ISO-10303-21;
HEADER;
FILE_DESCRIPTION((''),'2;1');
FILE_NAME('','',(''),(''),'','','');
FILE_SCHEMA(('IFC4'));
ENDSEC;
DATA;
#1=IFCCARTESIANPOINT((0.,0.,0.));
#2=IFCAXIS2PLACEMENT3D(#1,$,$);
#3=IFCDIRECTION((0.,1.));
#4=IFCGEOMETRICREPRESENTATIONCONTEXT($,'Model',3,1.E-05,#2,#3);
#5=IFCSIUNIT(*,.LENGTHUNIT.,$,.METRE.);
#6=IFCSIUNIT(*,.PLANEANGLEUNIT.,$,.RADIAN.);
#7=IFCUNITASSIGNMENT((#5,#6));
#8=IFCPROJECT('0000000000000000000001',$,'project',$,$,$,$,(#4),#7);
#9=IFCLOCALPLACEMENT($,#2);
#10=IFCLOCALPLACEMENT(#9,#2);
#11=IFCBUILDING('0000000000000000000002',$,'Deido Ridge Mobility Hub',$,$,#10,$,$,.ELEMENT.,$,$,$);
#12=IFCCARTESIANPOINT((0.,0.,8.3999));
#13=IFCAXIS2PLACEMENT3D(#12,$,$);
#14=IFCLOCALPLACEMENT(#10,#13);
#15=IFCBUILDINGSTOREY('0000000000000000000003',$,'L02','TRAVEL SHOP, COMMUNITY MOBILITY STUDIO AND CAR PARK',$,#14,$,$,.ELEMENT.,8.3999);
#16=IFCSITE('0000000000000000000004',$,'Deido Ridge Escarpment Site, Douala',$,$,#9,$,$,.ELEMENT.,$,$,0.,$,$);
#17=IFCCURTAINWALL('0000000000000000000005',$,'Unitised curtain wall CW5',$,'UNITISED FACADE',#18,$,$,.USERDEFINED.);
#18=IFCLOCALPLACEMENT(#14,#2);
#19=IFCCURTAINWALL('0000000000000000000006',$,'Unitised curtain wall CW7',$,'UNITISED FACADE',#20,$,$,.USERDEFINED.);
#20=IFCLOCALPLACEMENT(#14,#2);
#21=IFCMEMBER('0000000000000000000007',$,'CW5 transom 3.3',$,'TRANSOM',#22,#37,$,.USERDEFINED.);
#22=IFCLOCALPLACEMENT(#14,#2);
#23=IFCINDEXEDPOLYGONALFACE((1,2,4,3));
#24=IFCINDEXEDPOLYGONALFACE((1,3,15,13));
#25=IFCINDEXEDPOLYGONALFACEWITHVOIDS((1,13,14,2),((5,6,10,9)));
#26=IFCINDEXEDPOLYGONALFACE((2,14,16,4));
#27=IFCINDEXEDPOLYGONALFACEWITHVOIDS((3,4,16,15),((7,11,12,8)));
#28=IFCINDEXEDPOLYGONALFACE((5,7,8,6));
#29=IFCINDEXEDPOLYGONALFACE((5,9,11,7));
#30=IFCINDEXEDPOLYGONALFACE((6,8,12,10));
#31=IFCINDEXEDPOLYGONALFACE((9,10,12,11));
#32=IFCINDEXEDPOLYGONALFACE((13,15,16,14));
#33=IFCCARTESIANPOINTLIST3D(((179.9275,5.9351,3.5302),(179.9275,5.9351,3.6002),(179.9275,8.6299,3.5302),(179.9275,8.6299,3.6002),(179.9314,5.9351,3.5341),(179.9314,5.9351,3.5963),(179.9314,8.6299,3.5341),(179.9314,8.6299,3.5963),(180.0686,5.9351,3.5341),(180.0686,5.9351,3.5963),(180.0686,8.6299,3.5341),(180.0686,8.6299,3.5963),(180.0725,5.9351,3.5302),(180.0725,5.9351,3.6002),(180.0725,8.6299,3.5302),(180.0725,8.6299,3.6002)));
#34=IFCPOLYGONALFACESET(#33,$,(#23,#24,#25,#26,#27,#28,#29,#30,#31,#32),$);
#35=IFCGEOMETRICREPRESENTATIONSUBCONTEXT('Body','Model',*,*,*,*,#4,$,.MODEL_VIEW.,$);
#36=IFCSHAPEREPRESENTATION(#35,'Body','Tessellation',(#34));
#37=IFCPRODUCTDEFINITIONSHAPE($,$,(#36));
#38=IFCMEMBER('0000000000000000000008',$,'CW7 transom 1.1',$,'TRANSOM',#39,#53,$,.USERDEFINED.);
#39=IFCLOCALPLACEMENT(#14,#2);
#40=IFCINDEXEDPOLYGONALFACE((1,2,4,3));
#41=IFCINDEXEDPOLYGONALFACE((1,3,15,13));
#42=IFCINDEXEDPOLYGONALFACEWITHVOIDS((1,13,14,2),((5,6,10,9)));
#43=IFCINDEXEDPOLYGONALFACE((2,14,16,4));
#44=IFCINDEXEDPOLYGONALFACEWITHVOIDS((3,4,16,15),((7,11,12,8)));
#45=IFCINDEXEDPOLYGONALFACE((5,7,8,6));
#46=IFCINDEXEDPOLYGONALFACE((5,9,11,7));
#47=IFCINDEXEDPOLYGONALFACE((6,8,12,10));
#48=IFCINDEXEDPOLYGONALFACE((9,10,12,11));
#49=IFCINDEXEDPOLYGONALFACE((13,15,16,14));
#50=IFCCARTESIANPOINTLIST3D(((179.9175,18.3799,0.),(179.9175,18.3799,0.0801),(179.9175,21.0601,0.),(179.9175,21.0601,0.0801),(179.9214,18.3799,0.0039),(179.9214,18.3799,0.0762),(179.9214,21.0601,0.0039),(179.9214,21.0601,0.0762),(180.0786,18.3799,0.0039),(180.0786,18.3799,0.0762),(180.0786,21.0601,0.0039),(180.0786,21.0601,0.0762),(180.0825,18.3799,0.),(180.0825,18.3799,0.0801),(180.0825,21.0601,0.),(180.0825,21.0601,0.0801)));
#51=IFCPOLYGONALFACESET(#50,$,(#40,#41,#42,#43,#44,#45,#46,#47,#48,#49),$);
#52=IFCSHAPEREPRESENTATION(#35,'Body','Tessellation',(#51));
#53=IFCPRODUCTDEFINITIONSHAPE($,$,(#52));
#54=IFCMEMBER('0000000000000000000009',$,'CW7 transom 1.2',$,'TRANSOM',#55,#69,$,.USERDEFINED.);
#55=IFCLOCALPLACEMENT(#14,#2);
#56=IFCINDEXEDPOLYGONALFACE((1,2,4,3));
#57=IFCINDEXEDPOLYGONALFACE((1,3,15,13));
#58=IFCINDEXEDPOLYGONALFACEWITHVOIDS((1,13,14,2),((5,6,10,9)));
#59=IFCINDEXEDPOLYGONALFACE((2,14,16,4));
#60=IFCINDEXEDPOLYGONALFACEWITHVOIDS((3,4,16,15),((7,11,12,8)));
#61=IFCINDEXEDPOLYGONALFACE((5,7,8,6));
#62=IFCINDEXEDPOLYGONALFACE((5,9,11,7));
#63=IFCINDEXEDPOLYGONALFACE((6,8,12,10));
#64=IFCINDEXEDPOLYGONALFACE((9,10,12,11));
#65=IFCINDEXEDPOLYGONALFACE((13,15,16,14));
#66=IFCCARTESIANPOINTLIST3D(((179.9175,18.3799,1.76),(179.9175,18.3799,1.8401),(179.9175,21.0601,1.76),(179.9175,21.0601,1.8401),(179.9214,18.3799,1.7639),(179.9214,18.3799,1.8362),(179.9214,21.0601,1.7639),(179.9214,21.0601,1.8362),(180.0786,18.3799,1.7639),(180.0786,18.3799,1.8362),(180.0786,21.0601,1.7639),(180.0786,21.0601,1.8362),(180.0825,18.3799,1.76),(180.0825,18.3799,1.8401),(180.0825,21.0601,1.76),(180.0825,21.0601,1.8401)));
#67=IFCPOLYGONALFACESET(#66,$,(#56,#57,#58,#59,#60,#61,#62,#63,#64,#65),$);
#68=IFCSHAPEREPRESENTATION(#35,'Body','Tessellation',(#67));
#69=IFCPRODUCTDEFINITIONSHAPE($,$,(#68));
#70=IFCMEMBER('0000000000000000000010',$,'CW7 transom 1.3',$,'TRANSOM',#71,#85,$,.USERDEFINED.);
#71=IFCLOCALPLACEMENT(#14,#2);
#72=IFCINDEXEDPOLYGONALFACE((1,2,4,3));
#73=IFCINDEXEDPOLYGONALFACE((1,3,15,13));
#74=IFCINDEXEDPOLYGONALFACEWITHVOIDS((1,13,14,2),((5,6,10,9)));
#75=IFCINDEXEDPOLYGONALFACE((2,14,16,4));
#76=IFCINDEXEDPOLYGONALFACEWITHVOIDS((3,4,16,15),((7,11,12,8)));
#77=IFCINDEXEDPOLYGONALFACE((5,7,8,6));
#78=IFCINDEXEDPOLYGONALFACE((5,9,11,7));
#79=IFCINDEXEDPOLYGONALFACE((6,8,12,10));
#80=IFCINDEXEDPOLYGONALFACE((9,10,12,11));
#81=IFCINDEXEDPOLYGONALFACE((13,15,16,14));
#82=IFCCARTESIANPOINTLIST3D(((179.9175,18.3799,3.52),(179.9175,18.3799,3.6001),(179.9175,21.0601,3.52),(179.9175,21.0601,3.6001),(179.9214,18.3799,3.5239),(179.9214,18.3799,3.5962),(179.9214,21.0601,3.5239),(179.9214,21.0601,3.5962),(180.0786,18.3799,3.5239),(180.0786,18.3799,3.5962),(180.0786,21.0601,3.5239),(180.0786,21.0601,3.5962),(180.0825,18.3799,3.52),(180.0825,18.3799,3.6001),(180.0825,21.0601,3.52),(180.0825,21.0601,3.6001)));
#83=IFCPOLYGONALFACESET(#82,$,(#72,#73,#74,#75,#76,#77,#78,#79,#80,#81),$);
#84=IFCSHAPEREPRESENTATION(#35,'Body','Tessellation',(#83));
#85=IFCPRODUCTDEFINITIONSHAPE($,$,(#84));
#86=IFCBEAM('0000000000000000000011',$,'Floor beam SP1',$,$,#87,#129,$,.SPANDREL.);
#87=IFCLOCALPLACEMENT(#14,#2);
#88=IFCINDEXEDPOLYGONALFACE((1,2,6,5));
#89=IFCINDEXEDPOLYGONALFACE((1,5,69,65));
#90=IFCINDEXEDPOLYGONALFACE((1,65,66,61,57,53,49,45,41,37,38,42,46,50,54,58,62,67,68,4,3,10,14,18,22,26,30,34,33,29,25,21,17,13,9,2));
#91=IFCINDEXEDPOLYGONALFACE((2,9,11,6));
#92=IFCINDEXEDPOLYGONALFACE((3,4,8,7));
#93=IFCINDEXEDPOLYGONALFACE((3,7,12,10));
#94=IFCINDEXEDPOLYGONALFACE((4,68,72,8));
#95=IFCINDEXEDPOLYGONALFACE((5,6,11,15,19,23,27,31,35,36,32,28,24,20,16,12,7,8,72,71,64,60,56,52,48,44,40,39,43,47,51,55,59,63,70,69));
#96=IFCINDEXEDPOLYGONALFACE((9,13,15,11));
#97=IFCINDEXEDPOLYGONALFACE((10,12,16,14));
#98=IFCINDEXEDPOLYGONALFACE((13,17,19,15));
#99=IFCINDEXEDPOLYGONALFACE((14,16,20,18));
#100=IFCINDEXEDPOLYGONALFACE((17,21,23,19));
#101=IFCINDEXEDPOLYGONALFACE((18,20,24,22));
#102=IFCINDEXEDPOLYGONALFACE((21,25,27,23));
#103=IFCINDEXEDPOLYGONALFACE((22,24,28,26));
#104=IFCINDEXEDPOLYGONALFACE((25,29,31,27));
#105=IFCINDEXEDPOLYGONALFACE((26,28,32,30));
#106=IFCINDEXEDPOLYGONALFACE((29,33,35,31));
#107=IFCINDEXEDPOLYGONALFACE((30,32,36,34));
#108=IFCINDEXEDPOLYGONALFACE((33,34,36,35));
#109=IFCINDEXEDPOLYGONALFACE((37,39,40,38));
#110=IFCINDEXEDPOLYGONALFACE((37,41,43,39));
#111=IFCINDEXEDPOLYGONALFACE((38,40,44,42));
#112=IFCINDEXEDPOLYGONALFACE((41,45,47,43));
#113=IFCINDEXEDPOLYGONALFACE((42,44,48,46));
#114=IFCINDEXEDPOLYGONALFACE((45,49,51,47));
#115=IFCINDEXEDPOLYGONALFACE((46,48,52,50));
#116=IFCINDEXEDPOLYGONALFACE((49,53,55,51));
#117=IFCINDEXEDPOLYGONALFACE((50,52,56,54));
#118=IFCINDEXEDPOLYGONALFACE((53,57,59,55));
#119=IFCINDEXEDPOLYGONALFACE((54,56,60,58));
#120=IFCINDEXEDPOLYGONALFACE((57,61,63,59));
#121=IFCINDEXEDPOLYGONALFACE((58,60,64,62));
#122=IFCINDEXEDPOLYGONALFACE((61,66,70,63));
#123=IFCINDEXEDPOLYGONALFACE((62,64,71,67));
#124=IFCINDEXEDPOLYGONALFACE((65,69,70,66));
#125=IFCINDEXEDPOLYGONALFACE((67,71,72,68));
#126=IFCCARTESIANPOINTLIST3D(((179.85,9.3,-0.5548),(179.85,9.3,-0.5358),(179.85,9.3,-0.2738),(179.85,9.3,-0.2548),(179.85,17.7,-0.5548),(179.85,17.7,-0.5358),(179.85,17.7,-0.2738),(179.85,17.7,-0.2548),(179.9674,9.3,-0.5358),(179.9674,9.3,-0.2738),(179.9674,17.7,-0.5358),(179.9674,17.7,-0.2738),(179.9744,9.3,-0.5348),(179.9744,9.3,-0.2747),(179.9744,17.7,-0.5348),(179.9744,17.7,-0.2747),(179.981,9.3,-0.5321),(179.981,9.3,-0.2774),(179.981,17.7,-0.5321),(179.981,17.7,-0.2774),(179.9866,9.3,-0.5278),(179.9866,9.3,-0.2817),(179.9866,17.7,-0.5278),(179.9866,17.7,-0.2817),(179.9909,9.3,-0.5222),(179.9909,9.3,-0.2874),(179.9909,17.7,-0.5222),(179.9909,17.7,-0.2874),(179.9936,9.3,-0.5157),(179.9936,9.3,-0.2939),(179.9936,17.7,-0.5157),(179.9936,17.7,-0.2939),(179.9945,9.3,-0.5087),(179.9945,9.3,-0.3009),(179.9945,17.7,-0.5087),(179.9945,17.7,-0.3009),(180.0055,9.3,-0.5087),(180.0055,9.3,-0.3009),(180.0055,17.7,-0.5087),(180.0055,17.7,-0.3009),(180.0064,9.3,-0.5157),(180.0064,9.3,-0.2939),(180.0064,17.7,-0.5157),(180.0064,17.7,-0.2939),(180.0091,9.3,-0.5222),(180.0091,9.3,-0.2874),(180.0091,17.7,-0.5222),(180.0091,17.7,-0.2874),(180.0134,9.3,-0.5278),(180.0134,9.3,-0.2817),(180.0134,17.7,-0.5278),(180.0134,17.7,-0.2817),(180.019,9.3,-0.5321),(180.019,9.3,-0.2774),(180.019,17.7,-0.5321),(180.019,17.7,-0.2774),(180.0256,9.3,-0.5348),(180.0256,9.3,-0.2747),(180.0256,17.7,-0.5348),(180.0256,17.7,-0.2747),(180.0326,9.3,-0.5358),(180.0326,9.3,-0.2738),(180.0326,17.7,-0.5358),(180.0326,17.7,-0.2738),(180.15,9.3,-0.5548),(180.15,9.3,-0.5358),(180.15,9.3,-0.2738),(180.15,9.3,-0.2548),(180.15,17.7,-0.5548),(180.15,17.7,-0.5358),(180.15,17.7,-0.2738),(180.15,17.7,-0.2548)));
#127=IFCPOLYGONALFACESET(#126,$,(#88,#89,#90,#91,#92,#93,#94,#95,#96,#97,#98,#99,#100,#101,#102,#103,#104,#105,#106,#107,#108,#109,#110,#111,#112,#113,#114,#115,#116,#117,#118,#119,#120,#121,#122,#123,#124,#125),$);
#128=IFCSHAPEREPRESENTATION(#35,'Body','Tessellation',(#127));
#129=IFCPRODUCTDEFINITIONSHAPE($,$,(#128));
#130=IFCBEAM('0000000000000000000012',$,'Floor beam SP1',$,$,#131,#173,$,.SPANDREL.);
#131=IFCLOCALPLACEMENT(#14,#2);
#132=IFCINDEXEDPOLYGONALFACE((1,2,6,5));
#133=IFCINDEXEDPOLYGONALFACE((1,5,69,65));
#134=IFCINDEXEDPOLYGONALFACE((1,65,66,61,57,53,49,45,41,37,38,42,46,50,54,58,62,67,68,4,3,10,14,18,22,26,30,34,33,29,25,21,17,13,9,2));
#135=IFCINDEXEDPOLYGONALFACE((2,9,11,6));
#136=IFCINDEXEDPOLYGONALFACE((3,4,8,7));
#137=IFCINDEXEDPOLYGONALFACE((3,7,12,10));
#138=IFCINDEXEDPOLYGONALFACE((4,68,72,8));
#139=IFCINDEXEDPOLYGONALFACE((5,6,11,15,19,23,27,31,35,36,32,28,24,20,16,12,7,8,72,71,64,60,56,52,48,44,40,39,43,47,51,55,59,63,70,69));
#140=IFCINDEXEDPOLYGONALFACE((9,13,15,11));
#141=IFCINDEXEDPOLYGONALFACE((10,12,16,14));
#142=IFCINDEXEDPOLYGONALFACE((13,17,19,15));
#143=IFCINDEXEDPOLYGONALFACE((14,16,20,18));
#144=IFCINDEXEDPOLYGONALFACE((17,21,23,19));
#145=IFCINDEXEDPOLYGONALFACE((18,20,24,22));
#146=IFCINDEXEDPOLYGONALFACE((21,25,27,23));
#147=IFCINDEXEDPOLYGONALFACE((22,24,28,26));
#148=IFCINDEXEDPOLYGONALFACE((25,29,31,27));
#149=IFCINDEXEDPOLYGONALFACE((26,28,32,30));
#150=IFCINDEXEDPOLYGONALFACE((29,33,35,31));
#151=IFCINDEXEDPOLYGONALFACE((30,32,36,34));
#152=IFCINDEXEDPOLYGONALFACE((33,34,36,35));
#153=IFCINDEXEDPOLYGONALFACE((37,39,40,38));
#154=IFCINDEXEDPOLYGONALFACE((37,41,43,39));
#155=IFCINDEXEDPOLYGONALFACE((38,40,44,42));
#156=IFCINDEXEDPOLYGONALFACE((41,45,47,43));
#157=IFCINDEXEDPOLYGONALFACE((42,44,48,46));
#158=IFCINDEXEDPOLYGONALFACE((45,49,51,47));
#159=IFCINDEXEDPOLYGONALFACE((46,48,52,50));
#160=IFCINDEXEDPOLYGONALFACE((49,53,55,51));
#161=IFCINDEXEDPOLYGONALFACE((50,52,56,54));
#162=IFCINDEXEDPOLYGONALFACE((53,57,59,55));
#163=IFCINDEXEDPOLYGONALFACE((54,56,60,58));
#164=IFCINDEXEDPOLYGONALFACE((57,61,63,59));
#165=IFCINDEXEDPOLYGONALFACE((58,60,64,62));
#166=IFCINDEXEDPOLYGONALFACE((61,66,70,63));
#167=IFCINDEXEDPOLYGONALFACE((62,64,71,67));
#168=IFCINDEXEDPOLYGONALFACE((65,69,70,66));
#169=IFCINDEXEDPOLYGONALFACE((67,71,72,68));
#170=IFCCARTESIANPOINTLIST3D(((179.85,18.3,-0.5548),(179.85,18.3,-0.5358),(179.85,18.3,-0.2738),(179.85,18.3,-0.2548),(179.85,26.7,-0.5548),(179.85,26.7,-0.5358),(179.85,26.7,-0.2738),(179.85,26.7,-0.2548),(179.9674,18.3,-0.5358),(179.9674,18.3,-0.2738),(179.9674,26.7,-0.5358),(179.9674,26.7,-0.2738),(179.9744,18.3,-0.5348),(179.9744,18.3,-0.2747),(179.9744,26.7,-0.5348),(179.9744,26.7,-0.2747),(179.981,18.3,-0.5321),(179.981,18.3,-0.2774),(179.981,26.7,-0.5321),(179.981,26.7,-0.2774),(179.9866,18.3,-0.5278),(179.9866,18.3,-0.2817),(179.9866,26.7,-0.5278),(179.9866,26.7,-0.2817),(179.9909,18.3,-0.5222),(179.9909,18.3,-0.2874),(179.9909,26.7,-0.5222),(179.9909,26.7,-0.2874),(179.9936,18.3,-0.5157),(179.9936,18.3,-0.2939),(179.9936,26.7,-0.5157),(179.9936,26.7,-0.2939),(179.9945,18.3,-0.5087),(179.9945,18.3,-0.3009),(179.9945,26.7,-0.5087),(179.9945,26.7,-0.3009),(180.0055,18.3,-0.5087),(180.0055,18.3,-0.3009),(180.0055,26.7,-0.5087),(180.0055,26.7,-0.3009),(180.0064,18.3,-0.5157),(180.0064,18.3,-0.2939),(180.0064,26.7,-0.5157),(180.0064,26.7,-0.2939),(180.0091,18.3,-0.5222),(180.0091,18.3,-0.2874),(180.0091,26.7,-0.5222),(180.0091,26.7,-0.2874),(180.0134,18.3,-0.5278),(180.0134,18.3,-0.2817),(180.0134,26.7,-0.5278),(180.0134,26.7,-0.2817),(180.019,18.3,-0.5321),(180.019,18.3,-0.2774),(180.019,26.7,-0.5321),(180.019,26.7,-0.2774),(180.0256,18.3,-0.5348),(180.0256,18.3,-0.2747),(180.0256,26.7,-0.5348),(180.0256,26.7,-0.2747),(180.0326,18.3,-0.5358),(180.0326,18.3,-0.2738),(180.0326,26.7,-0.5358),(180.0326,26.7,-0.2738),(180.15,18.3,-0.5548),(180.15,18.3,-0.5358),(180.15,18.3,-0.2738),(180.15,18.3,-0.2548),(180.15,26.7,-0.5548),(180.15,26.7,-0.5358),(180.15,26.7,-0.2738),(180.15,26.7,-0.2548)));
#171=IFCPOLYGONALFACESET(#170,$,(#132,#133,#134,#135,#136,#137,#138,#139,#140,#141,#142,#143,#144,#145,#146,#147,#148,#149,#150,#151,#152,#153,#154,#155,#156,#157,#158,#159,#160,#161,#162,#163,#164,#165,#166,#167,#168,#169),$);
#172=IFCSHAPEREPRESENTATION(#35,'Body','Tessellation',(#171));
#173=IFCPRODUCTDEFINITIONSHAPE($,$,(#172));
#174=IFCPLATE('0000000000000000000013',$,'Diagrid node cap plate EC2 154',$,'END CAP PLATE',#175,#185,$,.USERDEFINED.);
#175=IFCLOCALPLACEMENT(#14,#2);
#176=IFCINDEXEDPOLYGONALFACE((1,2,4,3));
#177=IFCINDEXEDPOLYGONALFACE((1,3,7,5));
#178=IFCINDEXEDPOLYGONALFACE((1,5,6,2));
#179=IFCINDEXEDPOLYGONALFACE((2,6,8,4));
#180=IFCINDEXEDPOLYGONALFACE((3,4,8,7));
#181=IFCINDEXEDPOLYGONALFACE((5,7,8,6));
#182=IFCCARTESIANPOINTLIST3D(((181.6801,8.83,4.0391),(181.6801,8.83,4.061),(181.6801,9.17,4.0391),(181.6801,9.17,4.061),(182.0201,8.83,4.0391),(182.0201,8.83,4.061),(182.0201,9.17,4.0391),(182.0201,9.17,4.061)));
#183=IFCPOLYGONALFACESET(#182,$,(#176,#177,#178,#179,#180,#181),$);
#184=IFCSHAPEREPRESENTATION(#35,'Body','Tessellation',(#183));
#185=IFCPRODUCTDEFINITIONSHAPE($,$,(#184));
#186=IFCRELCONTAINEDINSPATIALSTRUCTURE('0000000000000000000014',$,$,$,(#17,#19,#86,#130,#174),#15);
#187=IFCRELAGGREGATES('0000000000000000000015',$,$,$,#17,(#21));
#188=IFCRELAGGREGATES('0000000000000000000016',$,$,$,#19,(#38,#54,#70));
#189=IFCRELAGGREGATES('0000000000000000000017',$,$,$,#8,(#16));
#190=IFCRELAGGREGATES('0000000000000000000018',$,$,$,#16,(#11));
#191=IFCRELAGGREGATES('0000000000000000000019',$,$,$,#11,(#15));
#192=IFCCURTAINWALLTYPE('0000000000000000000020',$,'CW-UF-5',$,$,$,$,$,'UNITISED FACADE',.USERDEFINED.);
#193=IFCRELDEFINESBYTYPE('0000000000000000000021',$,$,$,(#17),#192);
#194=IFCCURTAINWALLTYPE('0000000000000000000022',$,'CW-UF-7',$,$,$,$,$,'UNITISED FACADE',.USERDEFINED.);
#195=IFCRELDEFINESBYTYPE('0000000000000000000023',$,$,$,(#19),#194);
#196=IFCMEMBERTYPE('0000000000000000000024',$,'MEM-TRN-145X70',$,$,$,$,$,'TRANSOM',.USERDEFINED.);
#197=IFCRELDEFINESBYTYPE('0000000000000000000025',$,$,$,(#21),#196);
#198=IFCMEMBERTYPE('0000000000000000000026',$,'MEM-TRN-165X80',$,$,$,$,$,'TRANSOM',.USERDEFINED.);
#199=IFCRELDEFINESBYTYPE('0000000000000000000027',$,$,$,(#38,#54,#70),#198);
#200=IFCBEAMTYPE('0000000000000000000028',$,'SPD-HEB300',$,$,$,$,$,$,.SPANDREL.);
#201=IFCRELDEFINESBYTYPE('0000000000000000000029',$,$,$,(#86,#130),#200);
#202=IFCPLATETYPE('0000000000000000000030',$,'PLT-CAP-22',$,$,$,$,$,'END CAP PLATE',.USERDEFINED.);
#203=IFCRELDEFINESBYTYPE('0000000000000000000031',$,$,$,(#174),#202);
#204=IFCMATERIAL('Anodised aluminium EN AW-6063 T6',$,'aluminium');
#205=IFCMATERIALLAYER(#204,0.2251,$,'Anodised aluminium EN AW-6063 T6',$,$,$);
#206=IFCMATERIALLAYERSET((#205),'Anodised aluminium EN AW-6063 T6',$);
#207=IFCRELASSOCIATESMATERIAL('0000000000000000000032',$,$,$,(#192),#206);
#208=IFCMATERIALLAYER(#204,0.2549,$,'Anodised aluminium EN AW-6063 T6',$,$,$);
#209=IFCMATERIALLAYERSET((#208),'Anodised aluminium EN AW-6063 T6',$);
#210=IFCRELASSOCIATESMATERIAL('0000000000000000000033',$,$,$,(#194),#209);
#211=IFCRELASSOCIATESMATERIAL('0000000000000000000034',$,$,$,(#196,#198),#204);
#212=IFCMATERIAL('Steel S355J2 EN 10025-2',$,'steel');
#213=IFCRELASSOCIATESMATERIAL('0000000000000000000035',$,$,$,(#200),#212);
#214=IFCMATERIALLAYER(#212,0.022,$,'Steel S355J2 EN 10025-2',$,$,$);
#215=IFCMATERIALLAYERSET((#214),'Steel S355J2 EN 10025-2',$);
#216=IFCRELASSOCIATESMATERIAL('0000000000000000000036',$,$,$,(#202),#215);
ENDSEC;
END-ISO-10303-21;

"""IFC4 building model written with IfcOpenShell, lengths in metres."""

from ifc_helpers import new_model, si_unit, direction, frame, origin, origin_2d, place, context, subcontext, project, spatial, rectangle, hollow_rectangle, i_section, extrude, material, layer, layer_set, material_profile, profile_set, type_object, element, aggregate, save


model = new_model("IFC4")

# Units and contexts
model_context = context("Model", 3, precision=1e-05, world=origin(), true_north=direction((0.0, 1.0)))
body_context = subcontext(model_context, "Body", "Model", "MODEL_VIEW")
ifc_project = project(units=[si_unit("LENGTHUNIT", "METRE"), si_unit("PLANEANGLEUNIT", "RADIAN")], contexts=[model_context])

# Site, building, storey
site_placement = place(None, origin())
site = spatial("IfcSite", under=ifc_project, at=site_placement, Name="Deido Ridge Escarpment Site, Douala", CompositionType="ELEMENT", RefElevation=0.0)
building_placement = place(site_placement, origin())
building = spatial("IfcBuilding", under=site, at=building_placement, Name="Deido Ridge Mobility Hub", CompositionType="ELEMENT")
storey_placement = place(building_placement, frame((0.0, 0.0, 8.3999)))
storey = spatial("IfcBuildingStorey", under=building, at=storey_placement, Name="L02", Description="TRAVEL SHOP, COMMUNITY MOBILITY STUDIO AND CAR PARK", CompositionType="ELEMENT", Elevation=8.3999)

# Shared definitions
ifc_material_1 = material(Name="Steel S355J2 EN 10025-2", Category="steel")

# Curtain wall
ifc_material_2 = material(Name="Anodised aluminium EN AW-6063 T6", Category="aluminium")
ifc_layer_1 = layer(ifc_material_2, 0.2251, Name="Anodised aluminium EN AW-6063 T6")
ifc_layer_set_1 = layer_set([ifc_layer_1], Name="Anodised aluminium EN AW-6063 T6")
curtain_wall_type_1 = type_object("IfcCurtainWallType", Name="CW-UF-5", ElementType="UNITISED FACADE", PredefinedType="USERDEFINED", material=ifc_layer_set_1)
curtain_wall_1_placement = place(storey_placement, origin())
curtain_wall_1 = element("IfcCurtainWall", 1, at=curtain_wall_1_placement, inside=storey, type_object=curtain_wall_type_1, Name="Unitised curtain wall CW5", ObjectType="UNITISED FACADE", PredefinedType="USERDEFINED")

# Curtain wall
ifc_layer_2 = layer(ifc_material_2, 0.2549, Name="Anodised aluminium EN AW-6063 T6")
ifc_layer_set_2 = layer_set([ifc_layer_2], Name="Anodised aluminium EN AW-6063 T6")
curtain_wall_type_2 = type_object("IfcCurtainWallType", Name="CW-UF-7", ElementType="UNITISED FACADE", PredefinedType="USERDEFINED", material=ifc_layer_set_2)
curtain_wall_2_placement = place(storey_placement, origin())
curtain_wall_2 = element("IfcCurtainWall", 2, at=curtain_wall_2_placement, inside=storey, type_object=curtain_wall_type_2, Name="Unitised curtain wall CW7", ObjectType="UNITISED FACADE", PredefinedType="USERDEFINED")

# Members
ifc_material_profile_1 = material_profile(ifc_material_2, hollow_rectangle(XDim=0.145, YDim=0.0701, WallThickness=0.0039, at=origin_2d()), Name="RHS 145x70x4")
ifc_profile_set_1 = profile_set([ifc_material_profile_1], Name="Anodised aluminium EN AW-6063 T6")
member_type_1 = type_object("IfcMemberType", Name="MEM-TRN-145X70", ElementType="TRANSOM", PredefinedType="USERDEFINED", material=ifc_profile_set_1)
member_1_placement = place(storey_placement, frame((180.0, 5.9351, 3.5652), z_axis=(0.0, 1.0, 0.0), x_axis=(-1.0, 0.0, 0.0)))
member_1 = element("IfcMember", 3, at=member_1_placement, type_object=member_type_1, Name="CW5 transom 3.3", ObjectType="TRANSOM", PredefinedType="USERDEFINED", context=body_context, shape_type="SweptSolid", body=[
    extrude(hollow_rectangle(XDim=0.145, YDim=0.0701, WallThickness=0.0039, at=origin_2d()), origin(), (0.0, 0.0, 1.0), 2.6948),
])
ifc_material_profile_2 = material_profile(ifc_material_2, hollow_rectangle(XDim=0.165, YDim=0.0801, WallThickness=0.0039, at=origin_2d()), Name="RHS 165x80x4")
ifc_profile_set_2 = profile_set([ifc_material_profile_2], Name="Anodised aluminium EN AW-6063 T6")
member_type_2 = type_object("IfcMemberType", Name="MEM-TRN-165X80", ElementType="TRANSOM", PredefinedType="USERDEFINED", material=ifc_profile_set_2)
member_2_placement = place(storey_placement, frame((180.0, 18.3799, 0.04), z_axis=(0.0, 1.0, 0.0), x_axis=(-1.0, 0.0, 0.0)))
member_2 = element("IfcMember", 4, at=member_2_placement, type_object=member_type_2, Name="CW7 transom 1.1", ObjectType="TRANSOM", PredefinedType="USERDEFINED", context=body_context, shape_type="SweptSolid", body=[
    extrude(hollow_rectangle(XDim=0.165, YDim=0.0801, WallThickness=0.0039, at=origin_2d()), origin(), (0.0, 0.0, 1.0), 2.6802),
])
member_3_placement = place(storey_placement, frame((180.0, 18.3799, 1.8), z_axis=(0.0, 1.0, 0.0), x_axis=(-1.0, 0.0, 0.0)))
member_3 = element("IfcMember", 5, at=member_3_placement, type_object=member_type_2, Name="CW7 transom 1.2", ObjectType="TRANSOM", PredefinedType="USERDEFINED", context=body_context, shape_type="SweptSolid", body=[
    extrude(hollow_rectangle(XDim=0.165, YDim=0.0801, WallThickness=0.0039, at=origin_2d()), origin(), (0.0, 0.0, 1.0), 2.6802),
])
member_4_placement = place(storey_placement, frame((180.0, 18.3799, 3.5601), z_axis=(0.0, 1.0, 0.0), x_axis=(-1.0, 0.0, 0.0)))
member_4 = element("IfcMember", 6, at=member_4_placement, type_object=member_type_2, Name="CW7 transom 1.3", ObjectType="TRANSOM", PredefinedType="USERDEFINED", context=body_context, shape_type="SweptSolid", body=[
    extrude(hollow_rectangle(XDim=0.165, YDim=0.0801, WallThickness=0.0039, at=origin_2d()), origin(), (0.0, 0.0, 1.0), 2.6802),
])

# Beams
ifc_material_profile_3 = material_profile(ifc_material_1, i_section(OverallWidth=0.3, OverallDepth=0.3, WebThickness=0.011, FlangeThickness=0.019, FilletRadius=0.0271, at=origin_2d()), Name="HEB 300")
ifc_profile_set_3 = profile_set([ifc_material_profile_3], Name="Steel S355J2 EN 10025-2")
beam_type = type_object("IfcBeamType", Name="SPD-HEB300", PredefinedType="SPANDREL", material=ifc_profile_set_3)
for number, where, z_axis, x_axis, name in (
    (7, (180.0, 9.3, -0.4048), (0.0, 1.0, 0.0), (-1.0, 0.0, 0.0), "Floor beam SP1"),
    (8, (180.0, 18.3, -0.4048), (0.0, 1.0, 0.0), (-1.0, 0.0, 0.0), "Floor beam SP1"),
):
    element("IfcBeam", number, at=place(storey_placement, frame(where, z_axis=z_axis, x_axis=x_axis)), inside=storey, type_object=beam_type, Name=name, PredefinedType="SPANDREL", context=body_context, shape_type="SweptSolid", body=[
        extrude(i_section(OverallWidth=0.3, OverallDepth=0.3, WebThickness=0.011, FlangeThickness=0.019, FilletRadius=0.0271, at=origin_2d()), origin(), (0.0, 0.0, 1.0), 8.3999),
    ])

# Plate
ifc_layer_3 = layer(ifc_material_1, 0.022, Name="Steel S355J2 EN 10025-2")
ifc_layer_set_3 = layer_set([ifc_layer_3], Name="Steel S355J2 EN 10025-2")
plate_type_1 = type_object("IfcPlateType", Name="PLT-CAP-22", ElementType="END CAP PLATE", PredefinedType="USERDEFINED", material=ifc_layer_set_3)
plate_1_placement = place(storey_placement, frame((181.8501, 9.0, 4.0391), z_axis=(0.0, 0.0, 1.0), x_axis=(1.0, 0.0, 0.0)))
element("IfcPlate", 9, at=plate_1_placement, inside=storey, type_object=plate_type_1, Name="Diagrid node cap plate EC2 154", ObjectType="END CAP PLATE", PredefinedType="USERDEFINED", context=body_context, shape_type="SweptSolid", body=[
    extrude(rectangle(XDim=0.3401, YDim=0.3401, at=origin_2d()), origin(), (0.0, 0.0, 1.0), 0.022),
])

aggregate(curtain_wall_1, [member_1])
aggregate(curtain_wall_2, [member_2, member_3, member_4])

save(model, "model.ifc")
